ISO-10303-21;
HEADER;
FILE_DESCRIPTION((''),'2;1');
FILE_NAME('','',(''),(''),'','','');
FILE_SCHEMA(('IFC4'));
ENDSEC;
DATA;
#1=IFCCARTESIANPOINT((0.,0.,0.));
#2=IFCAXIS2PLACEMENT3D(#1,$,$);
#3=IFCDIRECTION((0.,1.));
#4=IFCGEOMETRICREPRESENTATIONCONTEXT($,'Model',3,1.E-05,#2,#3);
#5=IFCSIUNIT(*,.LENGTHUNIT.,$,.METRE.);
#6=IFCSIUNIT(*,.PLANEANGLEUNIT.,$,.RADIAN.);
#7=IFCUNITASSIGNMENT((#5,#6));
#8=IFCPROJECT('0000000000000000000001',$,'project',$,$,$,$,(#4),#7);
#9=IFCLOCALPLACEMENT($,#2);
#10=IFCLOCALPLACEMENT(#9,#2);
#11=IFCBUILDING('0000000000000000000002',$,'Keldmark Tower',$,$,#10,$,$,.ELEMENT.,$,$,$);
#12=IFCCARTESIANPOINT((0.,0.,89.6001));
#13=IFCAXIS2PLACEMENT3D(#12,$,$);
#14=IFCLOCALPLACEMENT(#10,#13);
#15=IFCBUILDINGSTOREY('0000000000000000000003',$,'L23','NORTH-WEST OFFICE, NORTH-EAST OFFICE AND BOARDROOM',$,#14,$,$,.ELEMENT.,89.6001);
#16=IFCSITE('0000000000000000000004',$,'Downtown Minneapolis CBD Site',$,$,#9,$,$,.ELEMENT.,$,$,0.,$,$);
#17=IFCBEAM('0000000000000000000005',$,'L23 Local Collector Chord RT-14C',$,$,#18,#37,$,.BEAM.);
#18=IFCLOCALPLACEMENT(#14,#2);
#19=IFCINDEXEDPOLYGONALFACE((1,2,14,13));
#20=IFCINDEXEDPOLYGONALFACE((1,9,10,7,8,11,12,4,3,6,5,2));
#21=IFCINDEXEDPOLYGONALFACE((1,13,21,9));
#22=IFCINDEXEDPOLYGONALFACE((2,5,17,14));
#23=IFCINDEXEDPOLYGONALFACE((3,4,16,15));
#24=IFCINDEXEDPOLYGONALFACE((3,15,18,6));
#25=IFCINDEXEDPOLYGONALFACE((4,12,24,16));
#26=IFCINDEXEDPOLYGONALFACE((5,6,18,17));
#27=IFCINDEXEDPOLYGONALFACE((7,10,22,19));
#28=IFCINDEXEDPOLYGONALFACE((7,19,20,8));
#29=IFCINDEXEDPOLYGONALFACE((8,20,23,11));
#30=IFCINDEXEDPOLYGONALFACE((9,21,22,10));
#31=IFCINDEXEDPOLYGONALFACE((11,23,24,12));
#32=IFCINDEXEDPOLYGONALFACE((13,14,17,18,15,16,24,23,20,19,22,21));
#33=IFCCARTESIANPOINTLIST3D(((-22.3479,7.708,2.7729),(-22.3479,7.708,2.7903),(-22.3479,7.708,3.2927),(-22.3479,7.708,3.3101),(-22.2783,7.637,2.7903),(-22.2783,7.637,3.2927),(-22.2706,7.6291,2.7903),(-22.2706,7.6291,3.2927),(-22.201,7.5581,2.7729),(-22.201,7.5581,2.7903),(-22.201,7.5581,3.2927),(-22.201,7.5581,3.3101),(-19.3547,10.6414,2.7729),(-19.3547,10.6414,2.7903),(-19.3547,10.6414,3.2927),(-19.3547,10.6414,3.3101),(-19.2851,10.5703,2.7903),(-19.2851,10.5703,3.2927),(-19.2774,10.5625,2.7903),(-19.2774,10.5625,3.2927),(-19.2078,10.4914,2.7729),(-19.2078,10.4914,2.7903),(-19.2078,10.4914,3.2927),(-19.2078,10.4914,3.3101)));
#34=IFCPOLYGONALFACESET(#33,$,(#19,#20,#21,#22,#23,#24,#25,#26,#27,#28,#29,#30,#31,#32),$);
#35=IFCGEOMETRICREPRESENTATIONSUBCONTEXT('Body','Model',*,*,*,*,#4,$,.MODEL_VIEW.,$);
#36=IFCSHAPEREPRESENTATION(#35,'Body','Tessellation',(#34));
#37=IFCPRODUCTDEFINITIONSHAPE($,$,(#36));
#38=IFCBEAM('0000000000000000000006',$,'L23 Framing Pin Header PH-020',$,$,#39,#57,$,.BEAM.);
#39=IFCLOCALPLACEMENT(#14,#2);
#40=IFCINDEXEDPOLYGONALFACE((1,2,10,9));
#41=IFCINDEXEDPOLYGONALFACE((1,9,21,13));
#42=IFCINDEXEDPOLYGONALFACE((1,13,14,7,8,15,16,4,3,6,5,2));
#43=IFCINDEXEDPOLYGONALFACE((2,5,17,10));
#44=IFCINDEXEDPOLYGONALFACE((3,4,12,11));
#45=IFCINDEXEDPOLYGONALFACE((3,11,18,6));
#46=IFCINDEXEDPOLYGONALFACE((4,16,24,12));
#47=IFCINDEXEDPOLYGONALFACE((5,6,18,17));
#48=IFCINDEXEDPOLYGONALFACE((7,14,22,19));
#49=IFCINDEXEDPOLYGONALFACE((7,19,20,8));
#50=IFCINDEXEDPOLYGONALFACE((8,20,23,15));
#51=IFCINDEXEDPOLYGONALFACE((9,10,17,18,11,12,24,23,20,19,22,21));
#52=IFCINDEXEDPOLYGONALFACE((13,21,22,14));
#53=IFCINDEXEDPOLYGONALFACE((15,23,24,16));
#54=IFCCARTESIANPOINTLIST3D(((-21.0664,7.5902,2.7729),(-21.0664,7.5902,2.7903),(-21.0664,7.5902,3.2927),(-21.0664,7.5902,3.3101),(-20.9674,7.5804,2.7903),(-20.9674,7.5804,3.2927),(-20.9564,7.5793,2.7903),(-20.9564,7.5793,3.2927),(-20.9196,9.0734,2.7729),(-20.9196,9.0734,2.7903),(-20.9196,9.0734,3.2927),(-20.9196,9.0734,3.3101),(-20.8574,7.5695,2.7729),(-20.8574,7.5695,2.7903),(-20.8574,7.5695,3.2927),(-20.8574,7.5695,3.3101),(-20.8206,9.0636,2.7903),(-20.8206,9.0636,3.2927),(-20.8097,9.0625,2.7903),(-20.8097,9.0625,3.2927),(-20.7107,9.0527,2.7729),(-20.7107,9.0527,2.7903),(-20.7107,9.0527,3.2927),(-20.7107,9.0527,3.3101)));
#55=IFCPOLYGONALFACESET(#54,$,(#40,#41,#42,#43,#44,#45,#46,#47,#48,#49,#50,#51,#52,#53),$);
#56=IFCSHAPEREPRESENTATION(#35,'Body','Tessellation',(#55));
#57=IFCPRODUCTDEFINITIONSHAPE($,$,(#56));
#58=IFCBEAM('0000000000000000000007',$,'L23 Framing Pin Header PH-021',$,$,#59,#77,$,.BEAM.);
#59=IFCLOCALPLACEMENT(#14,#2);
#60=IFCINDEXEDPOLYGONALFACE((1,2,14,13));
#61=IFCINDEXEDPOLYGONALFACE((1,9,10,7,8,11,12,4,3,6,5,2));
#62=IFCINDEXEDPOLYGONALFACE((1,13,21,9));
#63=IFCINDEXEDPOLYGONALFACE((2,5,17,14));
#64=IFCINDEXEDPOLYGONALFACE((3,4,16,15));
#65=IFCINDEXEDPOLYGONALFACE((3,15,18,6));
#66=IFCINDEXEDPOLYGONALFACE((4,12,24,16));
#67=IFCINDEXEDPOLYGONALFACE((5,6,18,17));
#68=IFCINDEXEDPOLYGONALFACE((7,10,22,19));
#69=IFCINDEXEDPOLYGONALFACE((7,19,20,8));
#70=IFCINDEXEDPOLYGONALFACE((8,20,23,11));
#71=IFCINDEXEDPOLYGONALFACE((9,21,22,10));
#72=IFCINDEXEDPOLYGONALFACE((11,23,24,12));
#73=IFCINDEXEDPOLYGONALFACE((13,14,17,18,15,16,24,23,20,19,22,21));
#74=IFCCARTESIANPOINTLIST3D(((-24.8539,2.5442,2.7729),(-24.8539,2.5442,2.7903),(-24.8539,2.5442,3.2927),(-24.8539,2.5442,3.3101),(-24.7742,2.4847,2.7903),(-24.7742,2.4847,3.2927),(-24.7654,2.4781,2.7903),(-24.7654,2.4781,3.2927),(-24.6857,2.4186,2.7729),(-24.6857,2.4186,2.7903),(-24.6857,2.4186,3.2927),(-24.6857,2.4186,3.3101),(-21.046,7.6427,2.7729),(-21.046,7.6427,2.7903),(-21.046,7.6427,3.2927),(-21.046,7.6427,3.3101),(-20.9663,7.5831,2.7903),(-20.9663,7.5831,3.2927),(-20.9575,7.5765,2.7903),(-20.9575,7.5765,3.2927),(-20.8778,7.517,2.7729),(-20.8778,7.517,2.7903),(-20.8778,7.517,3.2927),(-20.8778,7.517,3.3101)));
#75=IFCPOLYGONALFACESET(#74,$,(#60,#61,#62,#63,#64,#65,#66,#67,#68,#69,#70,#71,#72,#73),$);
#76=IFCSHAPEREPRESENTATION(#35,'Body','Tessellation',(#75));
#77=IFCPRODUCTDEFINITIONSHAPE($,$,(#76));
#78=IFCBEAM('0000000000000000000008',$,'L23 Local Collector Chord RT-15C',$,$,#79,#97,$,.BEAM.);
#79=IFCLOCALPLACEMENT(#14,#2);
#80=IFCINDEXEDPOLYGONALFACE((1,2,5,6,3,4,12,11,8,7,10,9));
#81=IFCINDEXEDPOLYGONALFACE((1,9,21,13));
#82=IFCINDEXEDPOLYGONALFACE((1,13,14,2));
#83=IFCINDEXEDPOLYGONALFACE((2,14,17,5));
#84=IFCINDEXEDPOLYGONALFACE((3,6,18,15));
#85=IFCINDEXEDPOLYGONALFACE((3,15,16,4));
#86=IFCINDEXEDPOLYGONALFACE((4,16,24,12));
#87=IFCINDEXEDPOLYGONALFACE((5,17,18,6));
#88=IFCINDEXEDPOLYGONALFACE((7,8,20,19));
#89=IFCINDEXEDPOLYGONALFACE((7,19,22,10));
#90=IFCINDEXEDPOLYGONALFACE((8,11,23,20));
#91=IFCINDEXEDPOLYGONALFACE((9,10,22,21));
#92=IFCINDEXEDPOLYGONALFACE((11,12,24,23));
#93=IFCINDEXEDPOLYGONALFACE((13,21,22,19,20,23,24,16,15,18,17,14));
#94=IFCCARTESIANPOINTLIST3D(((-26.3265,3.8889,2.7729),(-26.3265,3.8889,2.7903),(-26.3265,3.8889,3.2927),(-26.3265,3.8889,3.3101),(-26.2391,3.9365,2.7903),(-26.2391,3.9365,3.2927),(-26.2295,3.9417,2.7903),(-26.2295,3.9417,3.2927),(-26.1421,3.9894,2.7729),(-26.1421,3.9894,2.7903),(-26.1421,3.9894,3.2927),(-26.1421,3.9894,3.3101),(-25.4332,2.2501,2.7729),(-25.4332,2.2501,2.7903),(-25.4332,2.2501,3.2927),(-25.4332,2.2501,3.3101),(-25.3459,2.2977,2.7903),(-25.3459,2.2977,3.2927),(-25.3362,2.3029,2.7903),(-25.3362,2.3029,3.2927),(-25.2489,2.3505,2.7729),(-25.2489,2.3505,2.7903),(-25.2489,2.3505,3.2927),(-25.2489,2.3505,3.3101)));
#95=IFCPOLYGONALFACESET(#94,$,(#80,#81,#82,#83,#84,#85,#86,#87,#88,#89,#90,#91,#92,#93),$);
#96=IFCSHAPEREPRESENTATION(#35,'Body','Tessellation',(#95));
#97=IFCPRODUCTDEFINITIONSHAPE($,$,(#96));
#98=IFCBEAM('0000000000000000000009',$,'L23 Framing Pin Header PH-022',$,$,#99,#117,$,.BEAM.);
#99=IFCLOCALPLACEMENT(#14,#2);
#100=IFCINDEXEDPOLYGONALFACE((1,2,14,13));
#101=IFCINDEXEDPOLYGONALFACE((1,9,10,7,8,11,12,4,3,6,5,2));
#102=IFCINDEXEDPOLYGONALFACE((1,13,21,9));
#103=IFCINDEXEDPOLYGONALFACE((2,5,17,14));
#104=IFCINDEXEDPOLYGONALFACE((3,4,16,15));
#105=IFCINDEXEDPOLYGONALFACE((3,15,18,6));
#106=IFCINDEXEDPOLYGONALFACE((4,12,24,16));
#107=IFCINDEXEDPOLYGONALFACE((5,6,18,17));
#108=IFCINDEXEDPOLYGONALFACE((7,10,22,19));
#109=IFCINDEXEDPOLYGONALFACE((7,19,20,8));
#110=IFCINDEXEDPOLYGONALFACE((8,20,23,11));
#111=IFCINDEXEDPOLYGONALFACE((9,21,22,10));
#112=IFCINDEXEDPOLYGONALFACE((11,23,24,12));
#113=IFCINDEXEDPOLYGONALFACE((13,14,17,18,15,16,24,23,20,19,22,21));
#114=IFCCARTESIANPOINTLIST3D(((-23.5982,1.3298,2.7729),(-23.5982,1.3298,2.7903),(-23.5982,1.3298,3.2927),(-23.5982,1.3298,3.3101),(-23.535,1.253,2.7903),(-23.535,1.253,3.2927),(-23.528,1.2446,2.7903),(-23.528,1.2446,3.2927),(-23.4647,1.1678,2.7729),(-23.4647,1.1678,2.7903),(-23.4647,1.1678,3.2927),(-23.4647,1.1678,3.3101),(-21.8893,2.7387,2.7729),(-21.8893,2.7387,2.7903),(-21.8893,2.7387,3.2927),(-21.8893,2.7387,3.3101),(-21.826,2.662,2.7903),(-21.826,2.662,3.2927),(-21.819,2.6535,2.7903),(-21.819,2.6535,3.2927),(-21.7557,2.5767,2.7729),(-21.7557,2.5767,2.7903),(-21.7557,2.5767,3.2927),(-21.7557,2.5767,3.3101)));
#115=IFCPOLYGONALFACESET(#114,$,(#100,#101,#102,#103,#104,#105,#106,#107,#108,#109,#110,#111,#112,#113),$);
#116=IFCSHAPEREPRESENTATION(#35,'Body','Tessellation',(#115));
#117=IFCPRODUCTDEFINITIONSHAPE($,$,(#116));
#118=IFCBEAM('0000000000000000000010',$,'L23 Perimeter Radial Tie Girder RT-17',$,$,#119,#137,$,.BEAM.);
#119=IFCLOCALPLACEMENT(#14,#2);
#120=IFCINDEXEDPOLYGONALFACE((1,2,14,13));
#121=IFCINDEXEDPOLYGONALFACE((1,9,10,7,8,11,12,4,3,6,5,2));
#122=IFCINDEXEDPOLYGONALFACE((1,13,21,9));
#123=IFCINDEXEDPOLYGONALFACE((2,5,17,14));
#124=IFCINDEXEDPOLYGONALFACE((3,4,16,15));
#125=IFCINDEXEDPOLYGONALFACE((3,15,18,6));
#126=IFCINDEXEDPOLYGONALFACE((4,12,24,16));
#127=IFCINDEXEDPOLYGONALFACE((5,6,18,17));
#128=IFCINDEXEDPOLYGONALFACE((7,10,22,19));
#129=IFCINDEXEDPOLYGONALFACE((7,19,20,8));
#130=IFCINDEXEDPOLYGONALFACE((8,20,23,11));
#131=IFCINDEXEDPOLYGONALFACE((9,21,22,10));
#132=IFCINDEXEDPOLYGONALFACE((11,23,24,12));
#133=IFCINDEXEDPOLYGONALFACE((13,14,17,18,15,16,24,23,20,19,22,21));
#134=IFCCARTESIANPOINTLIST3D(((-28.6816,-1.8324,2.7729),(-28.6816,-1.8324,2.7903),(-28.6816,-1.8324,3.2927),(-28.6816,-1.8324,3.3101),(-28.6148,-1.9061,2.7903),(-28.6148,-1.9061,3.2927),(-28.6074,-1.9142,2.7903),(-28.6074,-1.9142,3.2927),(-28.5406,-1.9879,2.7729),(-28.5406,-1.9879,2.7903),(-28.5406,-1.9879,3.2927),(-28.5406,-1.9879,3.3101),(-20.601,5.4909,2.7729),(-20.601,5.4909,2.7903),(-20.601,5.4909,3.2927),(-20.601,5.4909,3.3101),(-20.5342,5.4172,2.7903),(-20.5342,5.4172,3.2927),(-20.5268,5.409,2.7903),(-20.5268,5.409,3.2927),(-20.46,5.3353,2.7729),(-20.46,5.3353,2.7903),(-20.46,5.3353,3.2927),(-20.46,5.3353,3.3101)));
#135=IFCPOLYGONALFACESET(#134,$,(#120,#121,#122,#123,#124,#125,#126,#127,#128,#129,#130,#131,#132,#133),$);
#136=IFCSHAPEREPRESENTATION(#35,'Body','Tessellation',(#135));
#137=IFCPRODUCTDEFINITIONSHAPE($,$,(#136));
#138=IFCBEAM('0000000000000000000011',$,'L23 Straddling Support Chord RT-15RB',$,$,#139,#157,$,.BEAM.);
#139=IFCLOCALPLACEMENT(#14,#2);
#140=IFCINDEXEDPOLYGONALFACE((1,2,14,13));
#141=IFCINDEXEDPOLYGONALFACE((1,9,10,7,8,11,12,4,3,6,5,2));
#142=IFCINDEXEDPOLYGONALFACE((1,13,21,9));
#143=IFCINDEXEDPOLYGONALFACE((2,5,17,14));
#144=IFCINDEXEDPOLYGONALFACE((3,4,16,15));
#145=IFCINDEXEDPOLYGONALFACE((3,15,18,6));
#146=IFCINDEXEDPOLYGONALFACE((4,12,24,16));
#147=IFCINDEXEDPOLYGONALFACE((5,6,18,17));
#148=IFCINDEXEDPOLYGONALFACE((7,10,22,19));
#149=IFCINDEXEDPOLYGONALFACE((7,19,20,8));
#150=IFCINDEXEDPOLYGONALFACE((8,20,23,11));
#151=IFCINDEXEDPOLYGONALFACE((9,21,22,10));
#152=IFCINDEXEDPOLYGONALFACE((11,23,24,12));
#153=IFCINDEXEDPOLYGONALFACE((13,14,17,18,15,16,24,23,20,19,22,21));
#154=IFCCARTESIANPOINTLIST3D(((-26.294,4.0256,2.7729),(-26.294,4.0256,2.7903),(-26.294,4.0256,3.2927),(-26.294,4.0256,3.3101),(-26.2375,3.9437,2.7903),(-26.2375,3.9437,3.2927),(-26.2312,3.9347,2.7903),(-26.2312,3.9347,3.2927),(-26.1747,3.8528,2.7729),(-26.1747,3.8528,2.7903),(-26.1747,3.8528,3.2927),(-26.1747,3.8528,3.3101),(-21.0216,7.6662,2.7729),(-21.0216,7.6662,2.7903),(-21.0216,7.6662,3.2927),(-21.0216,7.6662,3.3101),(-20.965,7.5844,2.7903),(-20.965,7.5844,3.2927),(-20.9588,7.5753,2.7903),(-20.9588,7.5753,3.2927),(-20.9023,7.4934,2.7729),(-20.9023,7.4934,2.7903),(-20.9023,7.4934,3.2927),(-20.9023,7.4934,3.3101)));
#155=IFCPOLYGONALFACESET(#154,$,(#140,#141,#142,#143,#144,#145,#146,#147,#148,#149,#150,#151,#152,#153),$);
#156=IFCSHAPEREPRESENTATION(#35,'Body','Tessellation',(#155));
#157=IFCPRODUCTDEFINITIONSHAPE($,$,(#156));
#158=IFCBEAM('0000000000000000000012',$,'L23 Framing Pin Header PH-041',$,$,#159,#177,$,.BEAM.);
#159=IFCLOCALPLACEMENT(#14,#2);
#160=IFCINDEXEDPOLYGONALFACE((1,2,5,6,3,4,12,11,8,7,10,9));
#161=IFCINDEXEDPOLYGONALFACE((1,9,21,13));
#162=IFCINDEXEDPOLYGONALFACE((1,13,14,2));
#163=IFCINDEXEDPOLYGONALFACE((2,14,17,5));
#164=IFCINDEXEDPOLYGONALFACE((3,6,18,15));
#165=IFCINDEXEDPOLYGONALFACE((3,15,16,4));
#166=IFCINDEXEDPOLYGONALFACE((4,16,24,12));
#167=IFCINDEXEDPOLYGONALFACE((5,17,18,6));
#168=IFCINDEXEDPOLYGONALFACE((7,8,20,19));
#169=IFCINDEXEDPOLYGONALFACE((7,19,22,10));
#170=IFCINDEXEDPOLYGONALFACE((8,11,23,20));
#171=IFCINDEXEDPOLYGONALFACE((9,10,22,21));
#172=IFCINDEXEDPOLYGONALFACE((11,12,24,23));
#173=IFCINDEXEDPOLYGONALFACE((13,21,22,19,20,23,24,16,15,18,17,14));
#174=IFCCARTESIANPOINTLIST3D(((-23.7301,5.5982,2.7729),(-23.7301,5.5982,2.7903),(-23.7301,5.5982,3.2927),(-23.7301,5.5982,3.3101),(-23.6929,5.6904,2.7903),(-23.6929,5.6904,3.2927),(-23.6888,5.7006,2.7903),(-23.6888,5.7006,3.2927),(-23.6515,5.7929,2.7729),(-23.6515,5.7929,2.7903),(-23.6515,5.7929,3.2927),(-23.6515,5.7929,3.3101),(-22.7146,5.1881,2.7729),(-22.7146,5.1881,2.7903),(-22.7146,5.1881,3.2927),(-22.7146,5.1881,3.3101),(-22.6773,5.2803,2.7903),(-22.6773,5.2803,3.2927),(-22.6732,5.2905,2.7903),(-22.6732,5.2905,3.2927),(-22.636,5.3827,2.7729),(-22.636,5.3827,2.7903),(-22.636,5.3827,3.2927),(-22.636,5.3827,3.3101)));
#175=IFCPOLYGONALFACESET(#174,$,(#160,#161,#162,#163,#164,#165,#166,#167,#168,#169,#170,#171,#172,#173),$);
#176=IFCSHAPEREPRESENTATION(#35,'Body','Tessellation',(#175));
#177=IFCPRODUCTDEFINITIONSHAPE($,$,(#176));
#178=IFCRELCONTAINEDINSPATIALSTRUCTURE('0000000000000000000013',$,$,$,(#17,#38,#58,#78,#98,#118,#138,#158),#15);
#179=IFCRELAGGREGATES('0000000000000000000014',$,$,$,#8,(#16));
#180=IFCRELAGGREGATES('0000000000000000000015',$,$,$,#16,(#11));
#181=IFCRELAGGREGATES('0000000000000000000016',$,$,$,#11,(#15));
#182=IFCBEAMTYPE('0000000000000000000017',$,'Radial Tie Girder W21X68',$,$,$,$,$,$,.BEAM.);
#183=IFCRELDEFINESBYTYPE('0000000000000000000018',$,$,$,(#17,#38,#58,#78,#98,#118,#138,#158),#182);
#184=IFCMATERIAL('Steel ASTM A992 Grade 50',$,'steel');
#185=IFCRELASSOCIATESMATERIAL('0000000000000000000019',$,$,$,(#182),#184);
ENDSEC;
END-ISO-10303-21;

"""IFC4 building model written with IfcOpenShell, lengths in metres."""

from ifc_helpers import new_model, si_unit, direction, frame, origin, origin_2d, place, context, subcontext, project, spatial, i_section, extrude, material, material_profile, profile_set, type_object, element, save


model = new_model("IFC4")

# Units and contexts
model_context = context("Model", 3, precision=1e-05, world=origin(), true_north=direction((0.0, 1.0)))
body_context = subcontext(model_context, "Body", "Model", "MODEL_VIEW")
ifc_project = project(units=[si_unit("LENGTHUNIT", "METRE"), si_unit("PLANEANGLEUNIT", "RADIAN")], contexts=[model_context])

# Site, building, storey
site_placement = place(None, origin())
site = spatial("IfcSite", under=ifc_project, at=site_placement, Name="Downtown Minneapolis CBD Site", CompositionType="ELEMENT", RefElevation=0.0)
building_placement = place(site_placement, origin())
building = spatial("IfcBuilding", under=site, at=building_placement, Name="Keldmark Tower", CompositionType="ELEMENT")
storey_placement = place(building_placement, frame((0.0, 0.0, 89.6001)))
storey = spatial("IfcBuildingStorey", under=building, at=storey_placement, Name="L23", Description="NORTH-WEST OFFICE, NORTH-EAST OFFICE AND BOARDROOM", CompositionType="ELEMENT", Elevation=89.6001)

# Beams
ifc_material_1 = material(Name="Steel ASTM A992 Grade 50", Category="steel")
ifc_material_profile_1 = material_profile(ifc_material_1, i_section(OverallWidth=0.21, OverallDepth=0.5371, WebThickness=0.011, FlangeThickness=0.0173, at=origin_2d()), Name="W21X68")
ifc_profile_set_1 = profile_set([ifc_material_profile_1], Name="Steel ASTM A992 Grade 50")
beam_type_1 = type_object("IfcBeamType", Name="Radial Tie Girder W21X68", PredefinedType="BEAM", material=ifc_profile_set_1)
beam_1_placement = place(storey_placement, frame((-19.2812, 10.5664, 3.0415), z_axis=(-0.714207, -0.699935, 0.0), x_axis=(0.699935, -0.714207, 0.0)))
element("IfcBeam", 1, at=beam_1_placement, inside=storey, type_object=beam_type_1, Name="L23 Local Collector Chord RT-14C", PredefinedType="BEAM", context=body_context, shape_type="SweptSolid", body=[
    extrude(i_section(OverallWidth=0.21, OverallDepth=0.5371, WebThickness=0.011, FlangeThickness=0.0173, at=origin_2d()), origin(), (0.0, 0.0, 1.0), 4.1909),
])
beam_2_placement = place(storey_placement, frame((-20.9619, 7.5798, 3.0415), z_axis=(0.098449, 0.995142, 0.0), x_axis=(-0.995142, 0.098449, 0.0)))
element("IfcBeam", 2, at=beam_2_placement, inside=storey, type_object=beam_type_1, Name="L23 Framing Pin Header PH-020", PredefinedType="BEAM", context=body_context, shape_type="SweptSolid", body=[
    extrude(i_section(OverallWidth=0.21, OverallDepth=0.5371, WebThickness=0.011, FlangeThickness=0.0173, at=origin_2d()), origin(), (0.0, 0.0, 1.0), 1.4905),
])
beam_3_placement = place(storey_placement, frame((-20.9619, 7.5798, 3.0415), z_axis=(-0.598397, -0.8012, 0.0), x_axis=(0.8012, -0.598397, 0.0)))
element("IfcBeam", 3, at=beam_3_placement, inside=storey, type_object=beam_type_1, Name="L23 Framing Pin Header PH-021", PredefinedType="BEAM", context=body_context, shape_type="SweptSolid", body=[
    extrude(i_section(OverallWidth=0.21, OverallDepth=0.5371, WebThickness=0.011, FlangeThickness=0.0173, at=origin_2d()), origin(), (0.0, 0.0, 1.0), 6.3635),
])
beam_4_placement = place(storey_placement, frame((-25.3411, 2.3003, 3.0415), z_axis=(-0.478586, 0.87804, 0.0), x_axis=(-0.87804, -0.478586, 0.0)))
element("IfcBeam", 4, at=beam_4_placement, inside=storey, type_object=beam_type_1, Name="L23 Local Collector Chord RT-15C", PredefinedType="BEAM", context=body_context, shape_type="SweptSolid", body=[
    extrude(i_section(OverallWidth=0.21, OverallDepth=0.5371, WebThickness=0.011, FlangeThickness=0.0173, at=origin_2d()), origin(), (0.0, 0.0, 1.0), 1.8665),
])
beam_5_placement = place(storey_placement, frame((-21.8225, 2.6577, 3.0415), z_axis=(-0.77159, -0.636121, 0.0), x_axis=(0.636121, -0.77159, 0.0)))
element("IfcBeam", 5, at=beam_5_placement, inside=storey, type_object=beam_type_1, Name="L23 Framing Pin Header PH-022", PredefinedType="BEAM", context=body_context, shape_type="SweptSolid", body=[
    extrude(i_section(OverallWidth=0.21, OverallDepth=0.5371, WebThickness=0.011, FlangeThickness=0.0173, at=origin_2d()), origin(), (0.0, 0.0, 1.0), 2.2148),
])
beam_6_placement = place(storey_placement, frame((-20.5305, 5.4131, 3.0415), z_axis=(-0.740977, -0.671531, 0.0), x_axis=(0.671531, -0.740977, 0.0)))
element("IfcBeam", 6, at=beam_6_placement, inside=storey, type_object=beam_type_1, Name="L23 Perimeter Radial Tie Girder RT-17", PredefinedType="BEAM", context=body_context, shape_type="SweptSolid", body=[
    extrude(i_section(OverallWidth=0.21, OverallDepth=0.5371, WebThickness=0.011, FlangeThickness=0.0173, at=origin_2d()), origin(), (0.0, 0.0, 1.0), 10.9053),
])
beam_7_placement = place(storey_placement, frame((-20.9619, 7.5798, 3.0415), z_axis=(-0.822888, -0.568203, 0.0), x_axis=(0.568203, -0.822888, 0.0)))
element("IfcBeam", 7, at=beam_7_placement, inside=storey, type_object=beam_type_1, Name="L23 Straddling Support Chord RT-15RB", PredefinedType="BEAM", context=body_context, shape_type="SweptSolid", body=[
    extrude(i_section(OverallWidth=0.21, OverallDepth=0.5371, WebThickness=0.011, FlangeThickness=0.0173, at=origin_2d()), origin(), (0.0, 0.0, 1.0), 6.4072),
])
beam_8_placement = place(storey_placement, frame((-22.6753, 5.2854, 3.0415), z_axis=(-0.927242, 0.374463, 0.0), x_axis=(-0.374463, -0.927242, 0.0)))
element("IfcBeam", 8, at=beam_8_placement, inside=storey, type_object=beam_type_1, Name="L23 Framing Pin Header PH-041", PredefinedType="BEAM", context=body_context, shape_type="SweptSolid", body=[
    extrude(i_section(OverallWidth=0.21, OverallDepth=0.5371, WebThickness=0.011, FlangeThickness=0.0173, at=origin_2d()), origin(), (0.0, 0.0, 1.0), 1.0952),
])

save(model, "model.ifc")
